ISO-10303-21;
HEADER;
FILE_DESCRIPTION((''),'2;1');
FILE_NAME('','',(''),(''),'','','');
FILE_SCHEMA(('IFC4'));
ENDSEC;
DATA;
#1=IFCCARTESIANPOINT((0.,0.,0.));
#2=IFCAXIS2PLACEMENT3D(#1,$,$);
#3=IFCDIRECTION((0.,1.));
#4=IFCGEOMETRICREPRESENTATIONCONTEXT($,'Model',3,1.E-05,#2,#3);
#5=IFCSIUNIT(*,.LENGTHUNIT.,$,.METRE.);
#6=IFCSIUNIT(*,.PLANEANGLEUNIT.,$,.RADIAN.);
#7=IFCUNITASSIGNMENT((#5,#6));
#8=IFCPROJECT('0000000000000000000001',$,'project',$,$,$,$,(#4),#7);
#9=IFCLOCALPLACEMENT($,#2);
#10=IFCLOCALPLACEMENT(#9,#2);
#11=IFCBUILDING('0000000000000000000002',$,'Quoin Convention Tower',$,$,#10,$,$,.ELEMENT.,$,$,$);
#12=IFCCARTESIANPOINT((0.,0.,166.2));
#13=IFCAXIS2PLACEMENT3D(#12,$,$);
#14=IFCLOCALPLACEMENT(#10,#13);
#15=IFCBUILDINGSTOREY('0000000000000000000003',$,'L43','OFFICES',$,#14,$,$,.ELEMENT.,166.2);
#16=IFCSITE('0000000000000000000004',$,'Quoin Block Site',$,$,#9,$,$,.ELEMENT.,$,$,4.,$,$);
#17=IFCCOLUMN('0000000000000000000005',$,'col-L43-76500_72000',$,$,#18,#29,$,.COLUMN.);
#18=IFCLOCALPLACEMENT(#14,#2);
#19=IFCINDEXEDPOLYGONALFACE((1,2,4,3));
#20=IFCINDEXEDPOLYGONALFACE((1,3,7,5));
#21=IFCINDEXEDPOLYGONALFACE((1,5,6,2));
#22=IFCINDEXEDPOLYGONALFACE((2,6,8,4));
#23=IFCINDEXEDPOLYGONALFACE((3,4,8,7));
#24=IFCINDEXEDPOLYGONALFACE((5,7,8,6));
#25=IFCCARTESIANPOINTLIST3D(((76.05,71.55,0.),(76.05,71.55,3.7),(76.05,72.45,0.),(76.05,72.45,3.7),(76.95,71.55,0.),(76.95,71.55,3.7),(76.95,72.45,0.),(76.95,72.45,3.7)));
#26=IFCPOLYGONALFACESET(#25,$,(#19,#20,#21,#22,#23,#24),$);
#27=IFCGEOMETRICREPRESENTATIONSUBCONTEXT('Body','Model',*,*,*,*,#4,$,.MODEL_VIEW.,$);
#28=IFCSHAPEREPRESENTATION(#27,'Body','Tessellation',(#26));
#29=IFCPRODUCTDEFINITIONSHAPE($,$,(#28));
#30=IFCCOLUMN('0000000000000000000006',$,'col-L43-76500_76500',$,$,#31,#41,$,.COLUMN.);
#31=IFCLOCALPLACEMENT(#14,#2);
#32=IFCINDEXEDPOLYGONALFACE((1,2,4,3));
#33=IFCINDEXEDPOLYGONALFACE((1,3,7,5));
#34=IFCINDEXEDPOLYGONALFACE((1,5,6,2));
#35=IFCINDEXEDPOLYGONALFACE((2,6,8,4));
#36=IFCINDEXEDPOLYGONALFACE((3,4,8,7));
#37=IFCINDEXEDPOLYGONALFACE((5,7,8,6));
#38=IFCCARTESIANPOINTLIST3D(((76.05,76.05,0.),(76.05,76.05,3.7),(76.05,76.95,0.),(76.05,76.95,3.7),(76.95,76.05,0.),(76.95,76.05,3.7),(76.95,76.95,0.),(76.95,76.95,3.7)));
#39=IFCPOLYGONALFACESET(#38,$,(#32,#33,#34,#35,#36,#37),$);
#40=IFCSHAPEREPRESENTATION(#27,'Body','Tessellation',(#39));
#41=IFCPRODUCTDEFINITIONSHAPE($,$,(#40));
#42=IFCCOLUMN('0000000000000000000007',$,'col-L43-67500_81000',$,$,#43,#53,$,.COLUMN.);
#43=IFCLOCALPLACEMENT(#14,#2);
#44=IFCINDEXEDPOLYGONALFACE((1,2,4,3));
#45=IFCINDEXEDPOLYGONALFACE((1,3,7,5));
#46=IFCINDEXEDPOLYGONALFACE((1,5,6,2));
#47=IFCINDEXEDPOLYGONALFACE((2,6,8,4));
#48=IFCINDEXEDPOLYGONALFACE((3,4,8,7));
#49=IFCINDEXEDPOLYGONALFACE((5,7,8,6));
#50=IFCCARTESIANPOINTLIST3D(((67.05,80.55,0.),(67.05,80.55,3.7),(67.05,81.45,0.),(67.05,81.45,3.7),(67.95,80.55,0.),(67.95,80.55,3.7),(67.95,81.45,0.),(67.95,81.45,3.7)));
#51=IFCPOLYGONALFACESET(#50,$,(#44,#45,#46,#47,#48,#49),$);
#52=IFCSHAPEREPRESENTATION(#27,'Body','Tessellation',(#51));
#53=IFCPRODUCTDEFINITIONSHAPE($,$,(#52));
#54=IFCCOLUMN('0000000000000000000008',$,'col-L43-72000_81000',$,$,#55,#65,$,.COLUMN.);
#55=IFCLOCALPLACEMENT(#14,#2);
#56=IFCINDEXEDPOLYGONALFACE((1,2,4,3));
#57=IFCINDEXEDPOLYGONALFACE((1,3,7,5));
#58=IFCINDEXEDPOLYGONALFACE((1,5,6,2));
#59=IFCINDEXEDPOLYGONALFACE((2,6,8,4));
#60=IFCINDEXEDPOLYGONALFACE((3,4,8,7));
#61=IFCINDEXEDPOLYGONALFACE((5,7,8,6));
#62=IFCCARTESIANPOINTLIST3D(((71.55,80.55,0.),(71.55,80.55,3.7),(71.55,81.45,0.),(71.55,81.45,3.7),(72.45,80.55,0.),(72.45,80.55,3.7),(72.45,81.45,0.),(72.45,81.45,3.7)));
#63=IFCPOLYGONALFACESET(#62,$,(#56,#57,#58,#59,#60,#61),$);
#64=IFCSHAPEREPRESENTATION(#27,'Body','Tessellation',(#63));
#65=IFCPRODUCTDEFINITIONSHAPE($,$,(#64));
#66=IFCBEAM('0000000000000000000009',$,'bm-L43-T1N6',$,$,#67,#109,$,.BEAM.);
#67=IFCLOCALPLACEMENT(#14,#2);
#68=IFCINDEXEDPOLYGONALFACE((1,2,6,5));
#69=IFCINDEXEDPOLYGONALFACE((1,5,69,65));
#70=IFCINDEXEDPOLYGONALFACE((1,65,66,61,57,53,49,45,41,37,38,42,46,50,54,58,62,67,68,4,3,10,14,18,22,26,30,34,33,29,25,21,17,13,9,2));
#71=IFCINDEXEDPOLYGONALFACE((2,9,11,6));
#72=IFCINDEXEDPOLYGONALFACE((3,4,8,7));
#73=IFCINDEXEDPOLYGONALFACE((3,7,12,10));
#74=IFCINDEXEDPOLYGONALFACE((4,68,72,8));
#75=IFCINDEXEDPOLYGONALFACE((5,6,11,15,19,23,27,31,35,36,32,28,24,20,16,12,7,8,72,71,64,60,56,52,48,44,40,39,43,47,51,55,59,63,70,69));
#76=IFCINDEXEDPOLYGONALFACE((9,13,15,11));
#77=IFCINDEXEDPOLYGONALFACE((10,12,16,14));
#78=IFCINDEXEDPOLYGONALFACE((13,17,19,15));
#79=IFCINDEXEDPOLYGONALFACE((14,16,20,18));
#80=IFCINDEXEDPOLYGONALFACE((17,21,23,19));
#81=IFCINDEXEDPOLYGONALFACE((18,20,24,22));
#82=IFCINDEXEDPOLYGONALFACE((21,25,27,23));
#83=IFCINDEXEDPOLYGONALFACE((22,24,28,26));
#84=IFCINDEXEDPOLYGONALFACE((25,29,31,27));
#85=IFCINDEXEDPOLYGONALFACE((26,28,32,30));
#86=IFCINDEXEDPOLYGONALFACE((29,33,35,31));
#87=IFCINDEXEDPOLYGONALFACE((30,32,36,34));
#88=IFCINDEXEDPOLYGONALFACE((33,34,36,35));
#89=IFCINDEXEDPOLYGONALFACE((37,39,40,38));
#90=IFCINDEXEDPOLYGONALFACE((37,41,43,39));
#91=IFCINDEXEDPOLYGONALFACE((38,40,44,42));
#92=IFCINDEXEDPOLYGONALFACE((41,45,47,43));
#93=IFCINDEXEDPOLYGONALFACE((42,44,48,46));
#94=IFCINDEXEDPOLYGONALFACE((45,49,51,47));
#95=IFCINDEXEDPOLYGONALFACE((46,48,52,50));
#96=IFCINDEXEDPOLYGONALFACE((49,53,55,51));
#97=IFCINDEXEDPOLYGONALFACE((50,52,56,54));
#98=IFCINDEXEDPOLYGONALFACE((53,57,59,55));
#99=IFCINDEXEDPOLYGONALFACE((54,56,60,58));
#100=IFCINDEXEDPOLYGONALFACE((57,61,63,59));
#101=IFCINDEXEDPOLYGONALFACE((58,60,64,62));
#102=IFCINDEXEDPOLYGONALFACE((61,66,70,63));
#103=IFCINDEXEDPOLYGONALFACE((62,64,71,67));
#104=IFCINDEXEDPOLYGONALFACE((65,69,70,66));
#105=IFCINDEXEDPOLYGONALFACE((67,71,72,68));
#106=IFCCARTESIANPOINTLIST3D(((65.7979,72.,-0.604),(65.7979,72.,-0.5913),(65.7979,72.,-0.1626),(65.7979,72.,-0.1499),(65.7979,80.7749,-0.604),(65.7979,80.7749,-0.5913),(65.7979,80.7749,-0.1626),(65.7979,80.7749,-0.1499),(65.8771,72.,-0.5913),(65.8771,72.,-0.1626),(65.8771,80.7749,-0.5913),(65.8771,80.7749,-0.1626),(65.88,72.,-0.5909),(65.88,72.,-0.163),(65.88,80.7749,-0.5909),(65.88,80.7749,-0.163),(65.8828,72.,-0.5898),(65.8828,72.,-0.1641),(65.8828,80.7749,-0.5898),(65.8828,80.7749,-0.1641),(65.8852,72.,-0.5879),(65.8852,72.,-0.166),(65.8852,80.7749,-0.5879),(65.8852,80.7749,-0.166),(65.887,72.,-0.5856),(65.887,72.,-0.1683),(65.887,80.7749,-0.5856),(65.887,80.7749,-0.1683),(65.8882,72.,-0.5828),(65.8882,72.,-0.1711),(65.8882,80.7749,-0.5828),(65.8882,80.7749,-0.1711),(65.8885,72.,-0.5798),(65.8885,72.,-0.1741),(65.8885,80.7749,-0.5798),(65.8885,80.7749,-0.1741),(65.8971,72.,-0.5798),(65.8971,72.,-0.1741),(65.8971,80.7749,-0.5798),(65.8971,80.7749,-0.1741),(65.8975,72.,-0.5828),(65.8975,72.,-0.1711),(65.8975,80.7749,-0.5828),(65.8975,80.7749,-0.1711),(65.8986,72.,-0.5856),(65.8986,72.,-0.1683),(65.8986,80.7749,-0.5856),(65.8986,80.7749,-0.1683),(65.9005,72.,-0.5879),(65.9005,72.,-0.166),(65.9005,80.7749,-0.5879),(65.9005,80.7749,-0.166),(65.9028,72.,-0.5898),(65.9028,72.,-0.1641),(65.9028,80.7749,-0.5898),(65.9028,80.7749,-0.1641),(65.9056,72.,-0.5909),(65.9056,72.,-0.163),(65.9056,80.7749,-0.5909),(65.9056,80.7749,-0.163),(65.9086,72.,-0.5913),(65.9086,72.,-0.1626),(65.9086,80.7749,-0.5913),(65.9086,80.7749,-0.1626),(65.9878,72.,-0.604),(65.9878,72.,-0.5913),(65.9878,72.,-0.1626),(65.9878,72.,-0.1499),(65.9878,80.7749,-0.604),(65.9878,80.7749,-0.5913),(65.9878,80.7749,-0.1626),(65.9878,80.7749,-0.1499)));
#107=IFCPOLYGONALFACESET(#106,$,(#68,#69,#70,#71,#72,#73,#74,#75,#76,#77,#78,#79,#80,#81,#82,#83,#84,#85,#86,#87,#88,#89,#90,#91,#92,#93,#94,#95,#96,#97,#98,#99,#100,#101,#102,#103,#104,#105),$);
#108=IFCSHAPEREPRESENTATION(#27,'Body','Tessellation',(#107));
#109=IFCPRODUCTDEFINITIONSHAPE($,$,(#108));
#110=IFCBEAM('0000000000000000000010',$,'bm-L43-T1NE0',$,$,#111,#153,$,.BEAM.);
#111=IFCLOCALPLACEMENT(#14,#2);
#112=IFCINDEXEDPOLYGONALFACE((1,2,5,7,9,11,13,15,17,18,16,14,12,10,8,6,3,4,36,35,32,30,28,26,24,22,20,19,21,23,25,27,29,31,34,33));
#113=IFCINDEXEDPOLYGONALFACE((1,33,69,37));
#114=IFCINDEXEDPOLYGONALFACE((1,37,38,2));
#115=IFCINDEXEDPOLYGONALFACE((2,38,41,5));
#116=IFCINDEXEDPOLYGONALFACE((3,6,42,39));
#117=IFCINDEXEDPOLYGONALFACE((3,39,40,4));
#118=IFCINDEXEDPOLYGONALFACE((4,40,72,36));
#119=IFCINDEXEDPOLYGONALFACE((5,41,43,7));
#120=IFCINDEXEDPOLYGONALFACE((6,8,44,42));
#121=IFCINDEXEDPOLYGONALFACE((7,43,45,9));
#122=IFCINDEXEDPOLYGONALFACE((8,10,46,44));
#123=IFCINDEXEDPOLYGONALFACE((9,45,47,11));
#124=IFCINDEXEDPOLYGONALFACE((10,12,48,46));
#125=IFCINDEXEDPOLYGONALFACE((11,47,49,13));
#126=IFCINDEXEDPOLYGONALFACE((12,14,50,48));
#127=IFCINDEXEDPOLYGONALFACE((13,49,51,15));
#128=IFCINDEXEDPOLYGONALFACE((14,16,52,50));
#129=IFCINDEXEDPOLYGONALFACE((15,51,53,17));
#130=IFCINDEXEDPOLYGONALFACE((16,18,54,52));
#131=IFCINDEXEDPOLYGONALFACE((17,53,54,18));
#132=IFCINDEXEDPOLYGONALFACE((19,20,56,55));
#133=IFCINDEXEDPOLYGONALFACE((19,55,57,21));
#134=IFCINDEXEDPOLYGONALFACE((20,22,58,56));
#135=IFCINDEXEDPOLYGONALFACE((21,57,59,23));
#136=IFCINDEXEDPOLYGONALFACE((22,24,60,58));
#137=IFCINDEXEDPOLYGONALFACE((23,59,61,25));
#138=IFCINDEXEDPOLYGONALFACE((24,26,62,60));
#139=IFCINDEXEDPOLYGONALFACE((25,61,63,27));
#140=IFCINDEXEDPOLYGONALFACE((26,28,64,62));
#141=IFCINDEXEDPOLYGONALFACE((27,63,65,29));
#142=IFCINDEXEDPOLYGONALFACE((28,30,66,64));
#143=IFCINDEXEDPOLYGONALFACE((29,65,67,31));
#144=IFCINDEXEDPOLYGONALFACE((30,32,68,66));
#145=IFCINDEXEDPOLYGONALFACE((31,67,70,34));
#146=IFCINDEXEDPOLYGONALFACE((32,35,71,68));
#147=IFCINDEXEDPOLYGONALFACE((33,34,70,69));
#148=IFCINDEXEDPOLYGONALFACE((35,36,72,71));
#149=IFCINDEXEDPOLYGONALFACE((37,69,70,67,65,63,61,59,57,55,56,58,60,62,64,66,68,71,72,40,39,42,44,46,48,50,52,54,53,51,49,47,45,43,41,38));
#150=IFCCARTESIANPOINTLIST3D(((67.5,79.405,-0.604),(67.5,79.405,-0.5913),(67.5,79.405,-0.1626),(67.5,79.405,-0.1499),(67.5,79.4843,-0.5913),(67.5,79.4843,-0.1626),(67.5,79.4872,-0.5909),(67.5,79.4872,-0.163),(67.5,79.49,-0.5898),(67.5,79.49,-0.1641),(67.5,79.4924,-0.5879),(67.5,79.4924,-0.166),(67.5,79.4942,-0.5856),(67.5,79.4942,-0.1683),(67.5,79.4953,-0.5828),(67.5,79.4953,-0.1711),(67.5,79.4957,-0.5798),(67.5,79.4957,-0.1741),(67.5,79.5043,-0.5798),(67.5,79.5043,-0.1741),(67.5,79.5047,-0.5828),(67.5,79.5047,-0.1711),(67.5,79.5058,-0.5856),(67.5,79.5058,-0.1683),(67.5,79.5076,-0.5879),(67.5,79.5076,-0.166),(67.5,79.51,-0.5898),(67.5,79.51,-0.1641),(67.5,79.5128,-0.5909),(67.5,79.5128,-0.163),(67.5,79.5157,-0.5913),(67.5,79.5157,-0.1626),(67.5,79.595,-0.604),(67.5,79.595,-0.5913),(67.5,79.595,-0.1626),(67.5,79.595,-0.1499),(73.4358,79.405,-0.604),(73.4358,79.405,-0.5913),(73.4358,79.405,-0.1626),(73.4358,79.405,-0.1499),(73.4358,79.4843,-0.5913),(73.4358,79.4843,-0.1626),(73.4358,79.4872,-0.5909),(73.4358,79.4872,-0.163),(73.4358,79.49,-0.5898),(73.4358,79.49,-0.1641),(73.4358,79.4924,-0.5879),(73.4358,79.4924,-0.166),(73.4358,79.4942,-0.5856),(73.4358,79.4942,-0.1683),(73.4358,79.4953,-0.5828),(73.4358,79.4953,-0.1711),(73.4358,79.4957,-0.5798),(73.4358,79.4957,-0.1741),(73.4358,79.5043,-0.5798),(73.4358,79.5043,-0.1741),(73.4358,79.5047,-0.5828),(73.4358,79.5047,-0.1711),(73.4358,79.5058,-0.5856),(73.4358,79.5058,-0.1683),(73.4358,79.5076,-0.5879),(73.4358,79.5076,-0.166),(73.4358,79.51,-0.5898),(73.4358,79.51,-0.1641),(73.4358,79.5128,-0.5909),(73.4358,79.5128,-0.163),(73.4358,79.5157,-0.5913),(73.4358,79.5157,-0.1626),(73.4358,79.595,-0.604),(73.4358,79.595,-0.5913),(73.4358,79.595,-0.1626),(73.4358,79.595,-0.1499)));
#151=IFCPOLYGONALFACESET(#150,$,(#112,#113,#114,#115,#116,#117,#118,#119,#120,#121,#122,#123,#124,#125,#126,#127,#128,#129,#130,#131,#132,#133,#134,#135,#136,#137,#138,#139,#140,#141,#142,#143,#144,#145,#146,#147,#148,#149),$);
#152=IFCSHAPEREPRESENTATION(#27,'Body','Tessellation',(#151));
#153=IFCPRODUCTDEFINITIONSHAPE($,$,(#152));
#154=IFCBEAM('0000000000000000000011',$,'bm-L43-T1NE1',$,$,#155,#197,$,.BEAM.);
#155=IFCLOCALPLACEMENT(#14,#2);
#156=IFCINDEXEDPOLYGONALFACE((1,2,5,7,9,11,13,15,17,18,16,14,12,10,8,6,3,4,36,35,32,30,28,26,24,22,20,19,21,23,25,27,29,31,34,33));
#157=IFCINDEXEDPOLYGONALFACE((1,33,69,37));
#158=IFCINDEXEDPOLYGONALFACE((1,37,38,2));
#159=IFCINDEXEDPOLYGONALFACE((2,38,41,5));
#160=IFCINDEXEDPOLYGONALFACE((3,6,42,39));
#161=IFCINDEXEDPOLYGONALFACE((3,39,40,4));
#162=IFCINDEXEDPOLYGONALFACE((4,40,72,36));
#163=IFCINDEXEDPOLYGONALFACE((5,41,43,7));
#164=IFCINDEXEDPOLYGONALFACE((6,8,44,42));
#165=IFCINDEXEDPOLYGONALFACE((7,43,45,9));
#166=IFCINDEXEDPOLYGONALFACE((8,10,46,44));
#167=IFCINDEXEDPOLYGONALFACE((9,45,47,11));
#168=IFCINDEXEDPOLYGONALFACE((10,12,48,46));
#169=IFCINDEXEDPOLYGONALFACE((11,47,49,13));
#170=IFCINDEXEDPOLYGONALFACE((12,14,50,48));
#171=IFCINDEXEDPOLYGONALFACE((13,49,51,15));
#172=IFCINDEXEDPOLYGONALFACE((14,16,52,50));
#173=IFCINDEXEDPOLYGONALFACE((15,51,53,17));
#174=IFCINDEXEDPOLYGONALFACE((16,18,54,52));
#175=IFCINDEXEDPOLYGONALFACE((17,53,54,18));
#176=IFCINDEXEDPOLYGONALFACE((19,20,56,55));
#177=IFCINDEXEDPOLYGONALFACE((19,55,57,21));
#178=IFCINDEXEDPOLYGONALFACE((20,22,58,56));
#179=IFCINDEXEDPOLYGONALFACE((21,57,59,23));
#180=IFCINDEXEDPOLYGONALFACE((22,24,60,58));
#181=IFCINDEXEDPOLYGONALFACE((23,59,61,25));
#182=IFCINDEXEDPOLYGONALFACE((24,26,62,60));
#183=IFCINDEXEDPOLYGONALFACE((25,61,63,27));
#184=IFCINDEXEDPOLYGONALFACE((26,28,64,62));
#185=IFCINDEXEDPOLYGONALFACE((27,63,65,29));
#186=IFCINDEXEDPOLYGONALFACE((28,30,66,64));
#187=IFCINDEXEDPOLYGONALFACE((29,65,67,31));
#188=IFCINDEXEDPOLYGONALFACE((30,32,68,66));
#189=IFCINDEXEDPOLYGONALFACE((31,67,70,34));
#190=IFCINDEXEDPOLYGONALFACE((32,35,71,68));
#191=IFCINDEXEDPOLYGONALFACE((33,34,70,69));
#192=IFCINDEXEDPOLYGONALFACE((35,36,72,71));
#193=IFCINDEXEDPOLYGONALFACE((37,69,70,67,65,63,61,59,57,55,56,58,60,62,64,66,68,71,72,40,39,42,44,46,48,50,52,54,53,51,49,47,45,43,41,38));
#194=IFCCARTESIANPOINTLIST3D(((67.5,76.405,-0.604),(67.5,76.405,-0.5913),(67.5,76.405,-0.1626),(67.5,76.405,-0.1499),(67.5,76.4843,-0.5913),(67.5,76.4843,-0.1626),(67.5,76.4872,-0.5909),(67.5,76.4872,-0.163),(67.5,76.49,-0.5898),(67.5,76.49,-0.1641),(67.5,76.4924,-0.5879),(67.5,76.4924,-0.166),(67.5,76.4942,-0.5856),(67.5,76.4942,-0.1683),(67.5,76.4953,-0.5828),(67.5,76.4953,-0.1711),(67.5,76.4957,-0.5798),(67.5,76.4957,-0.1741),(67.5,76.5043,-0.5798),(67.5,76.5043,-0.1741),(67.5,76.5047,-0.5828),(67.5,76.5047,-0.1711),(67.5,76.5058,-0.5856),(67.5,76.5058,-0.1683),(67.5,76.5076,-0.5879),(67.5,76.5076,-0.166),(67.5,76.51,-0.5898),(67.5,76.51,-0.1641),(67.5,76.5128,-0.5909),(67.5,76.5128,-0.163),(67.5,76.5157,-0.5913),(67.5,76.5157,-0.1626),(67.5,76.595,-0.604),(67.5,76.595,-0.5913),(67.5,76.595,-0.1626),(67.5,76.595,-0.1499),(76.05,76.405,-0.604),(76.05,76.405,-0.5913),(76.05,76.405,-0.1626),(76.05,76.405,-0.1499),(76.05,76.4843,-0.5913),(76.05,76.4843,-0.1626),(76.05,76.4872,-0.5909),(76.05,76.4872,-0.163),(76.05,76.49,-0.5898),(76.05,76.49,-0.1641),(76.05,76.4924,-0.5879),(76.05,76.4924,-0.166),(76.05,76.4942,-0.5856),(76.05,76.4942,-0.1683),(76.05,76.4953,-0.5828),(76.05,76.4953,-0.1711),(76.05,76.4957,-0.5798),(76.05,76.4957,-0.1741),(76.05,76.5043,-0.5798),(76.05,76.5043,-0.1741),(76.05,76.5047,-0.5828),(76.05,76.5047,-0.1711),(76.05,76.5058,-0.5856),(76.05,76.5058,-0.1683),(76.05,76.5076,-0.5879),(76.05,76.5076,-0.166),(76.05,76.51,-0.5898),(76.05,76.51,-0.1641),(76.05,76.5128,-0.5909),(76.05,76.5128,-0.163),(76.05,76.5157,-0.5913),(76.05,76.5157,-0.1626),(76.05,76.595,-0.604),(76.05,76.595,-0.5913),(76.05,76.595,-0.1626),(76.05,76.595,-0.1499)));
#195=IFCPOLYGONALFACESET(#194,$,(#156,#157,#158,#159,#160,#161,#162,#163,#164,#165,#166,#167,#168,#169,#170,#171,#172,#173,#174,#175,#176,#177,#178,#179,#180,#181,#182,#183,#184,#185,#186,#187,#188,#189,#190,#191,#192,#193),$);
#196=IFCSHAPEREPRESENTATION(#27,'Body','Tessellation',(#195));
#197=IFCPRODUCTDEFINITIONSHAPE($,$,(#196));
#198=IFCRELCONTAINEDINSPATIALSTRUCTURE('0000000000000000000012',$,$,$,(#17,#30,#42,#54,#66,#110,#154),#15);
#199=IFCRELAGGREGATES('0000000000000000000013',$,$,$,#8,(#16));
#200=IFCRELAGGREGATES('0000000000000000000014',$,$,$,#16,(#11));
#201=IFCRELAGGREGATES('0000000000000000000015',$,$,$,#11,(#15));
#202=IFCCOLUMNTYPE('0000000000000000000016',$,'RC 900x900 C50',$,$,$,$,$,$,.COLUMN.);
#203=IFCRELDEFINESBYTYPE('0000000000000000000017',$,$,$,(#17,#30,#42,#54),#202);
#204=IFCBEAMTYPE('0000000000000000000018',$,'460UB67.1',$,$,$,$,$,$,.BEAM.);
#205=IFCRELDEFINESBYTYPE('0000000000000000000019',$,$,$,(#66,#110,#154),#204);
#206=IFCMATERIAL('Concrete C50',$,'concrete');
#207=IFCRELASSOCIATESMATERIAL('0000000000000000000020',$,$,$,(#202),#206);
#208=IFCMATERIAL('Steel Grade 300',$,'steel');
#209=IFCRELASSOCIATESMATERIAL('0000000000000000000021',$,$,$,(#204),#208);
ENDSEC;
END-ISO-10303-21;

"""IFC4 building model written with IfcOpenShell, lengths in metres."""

from ifc_helpers import new_model, si_unit, direction, frame, origin, origin_2d, place, context, subcontext, project, spatial, rectangle, i_section, extrude, material, material_profile, profile_set, type_object, element, save


model = new_model("IFC4")

# Units and contexts
model_context = context("Model", 3, precision=1e-05, world=origin(), true_north=direction((0.0, 1.0)))
body_context = subcontext(model_context, "Body", "Model", "MODEL_VIEW")
ifc_project = project(units=[si_unit("LENGTHUNIT", "METRE"), si_unit("PLANEANGLEUNIT", "RADIAN")], contexts=[model_context])

# Site, building, storey
site_placement = place(None, origin())
site = spatial("IfcSite", under=ifc_project, at=site_placement, Name="Quoin Block Site", CompositionType="ELEMENT", RefElevation=4.0)
building_placement = place(site_placement, origin())
building = spatial("IfcBuilding", under=site, at=building_placement, Name="Quoin Convention Tower", CompositionType="ELEMENT")
storey_placement = place(building_placement, frame((0.0, 0.0, 166.2)))
storey = spatial("IfcBuildingStorey", under=building, at=storey_placement, Name="L43", Description="OFFICES", CompositionType="ELEMENT", Elevation=166.2)

# Columns
ifc_material_1 = material(Name="Concrete C50", Category="concrete")
ifc_material_profile_1 = material_profile(ifc_material_1, rectangle(XDim=0.8999, YDim=0.8999, at=origin_2d()), Name="RC 900x900")
ifc_profile_set_1 = profile_set([ifc_material_profile_1], Name="Concrete C50")
column_type = type_object("IfcColumnType", Name="RC 900x900 C50", PredefinedType="COLUMN", material=ifc_profile_set_1)
for number, where, z_axis, x_axis, name in (
    (1, (76.5, 72.0, 0.0), (0.0, 0.0, 1.0), (1.0, 0.0, 0.0), "col-L43-76500_72000"),
    (2, (76.5, 76.5, 0.0), (0.0, 0.0, 1.0), (1.0, 0.0, 0.0), "col-L43-76500_76500"),
    (3, (67.5, 81.0, 0.0), (0.0, 0.0, 1.0), (1.0, 0.0, 0.0), "col-L43-67500_81000"),
    (4, (72.0, 81.0, 0.0), (0.0, 0.0, 1.0), (1.0, 0.0, 0.0), "col-L43-72000_81000"),
):
    element("IfcColumn", number, at=place(storey_placement, frame(where, z_axis=z_axis, x_axis=x_axis)), inside=storey, type_object=column_type, Name=name, PredefinedType="COLUMN", context=body_context, shape_type="SweptSolid", body=[
        extrude(rectangle(XDim=0.8999, YDim=0.8999, at=origin_2d()), origin(), (0.0, 0.0, 1.0), 3.7),
    ])

# Beams
ifc_material_2 = material(Name="Steel Grade 300", Category="steel")
ifc_material_profile_2 = material_profile(ifc_material_2, i_section(OverallWidth=0.1899, OverallDepth=0.4541, WebThickness=0.0085, FlangeThickness=0.0127, FilletRadius=0.0115, at=origin_2d()), Name="460UB67.1")
ifc_profile_set_2 = profile_set([ifc_material_profile_2], Name="Steel Grade 300")
beam_type_1 = type_object("IfcBeamType", Name="460UB67.1", PredefinedType="BEAM", material=ifc_profile_set_2)
beam_1_placement = place(storey_placement, frame((65.8928, 72.0, -0.377), z_axis=(0.0, 1.0, 0.0), x_axis=(-1.0, 0.0, 0.0)))
element("IfcBeam", 5, at=beam_1_placement, inside=storey, type_object=beam_type_1, Name="bm-L43-T1N6", PredefinedType="BEAM", context=body_context, shape_type="SweptSolid", body=[
    extrude(i_section(OverallWidth=0.1899, OverallDepth=0.4541, WebThickness=0.0085, FlangeThickness=0.0127, FilletRadius=0.0115, at=origin_2d()), origin(), (0.0, 0.0, 1.0), 8.7749),
])
beam_2_placement = place(storey_placement, frame((67.5, 79.5, -0.377), z_axis=(1.0, 0.0, 0.0), x_axis=(0.0, 1.0, 0.0)))
element("IfcBeam", 6, at=beam_2_placement, inside=storey, type_object=beam_type_1, Name="bm-L43-T1NE0", PredefinedType="BEAM", context=body_context, shape_type="SweptSolid", body=[
    extrude(i_section(OverallWidth=0.1899, OverallDepth=0.4541, WebThickness=0.0085, FlangeThickness=0.0127, FilletRadius=0.0115, at=origin_2d()), origin(), (0.0, 0.0, 1.0), 5.9358),
])
beam_3_placement = place(storey_placement, frame((67.5, 76.5, -0.377), z_axis=(1.0, 0.0, 0.0), x_axis=(0.0, 1.0, 0.0)))
element("IfcBeam", 7, at=beam_3_placement, inside=storey, type_object=beam_type_1, Name="bm-L43-T1NE1", PredefinedType="BEAM", context=body_context, shape_type="SweptSolid", body=[
    extrude(i_section(OverallWidth=0.1899, OverallDepth=0.4541, WebThickness=0.0085, FlangeThickness=0.0127, FilletRadius=0.0115, at=origin_2d()), origin(), (0.0, 0.0, 1.0), 8.55),
])

save(model, "model.ifc")
